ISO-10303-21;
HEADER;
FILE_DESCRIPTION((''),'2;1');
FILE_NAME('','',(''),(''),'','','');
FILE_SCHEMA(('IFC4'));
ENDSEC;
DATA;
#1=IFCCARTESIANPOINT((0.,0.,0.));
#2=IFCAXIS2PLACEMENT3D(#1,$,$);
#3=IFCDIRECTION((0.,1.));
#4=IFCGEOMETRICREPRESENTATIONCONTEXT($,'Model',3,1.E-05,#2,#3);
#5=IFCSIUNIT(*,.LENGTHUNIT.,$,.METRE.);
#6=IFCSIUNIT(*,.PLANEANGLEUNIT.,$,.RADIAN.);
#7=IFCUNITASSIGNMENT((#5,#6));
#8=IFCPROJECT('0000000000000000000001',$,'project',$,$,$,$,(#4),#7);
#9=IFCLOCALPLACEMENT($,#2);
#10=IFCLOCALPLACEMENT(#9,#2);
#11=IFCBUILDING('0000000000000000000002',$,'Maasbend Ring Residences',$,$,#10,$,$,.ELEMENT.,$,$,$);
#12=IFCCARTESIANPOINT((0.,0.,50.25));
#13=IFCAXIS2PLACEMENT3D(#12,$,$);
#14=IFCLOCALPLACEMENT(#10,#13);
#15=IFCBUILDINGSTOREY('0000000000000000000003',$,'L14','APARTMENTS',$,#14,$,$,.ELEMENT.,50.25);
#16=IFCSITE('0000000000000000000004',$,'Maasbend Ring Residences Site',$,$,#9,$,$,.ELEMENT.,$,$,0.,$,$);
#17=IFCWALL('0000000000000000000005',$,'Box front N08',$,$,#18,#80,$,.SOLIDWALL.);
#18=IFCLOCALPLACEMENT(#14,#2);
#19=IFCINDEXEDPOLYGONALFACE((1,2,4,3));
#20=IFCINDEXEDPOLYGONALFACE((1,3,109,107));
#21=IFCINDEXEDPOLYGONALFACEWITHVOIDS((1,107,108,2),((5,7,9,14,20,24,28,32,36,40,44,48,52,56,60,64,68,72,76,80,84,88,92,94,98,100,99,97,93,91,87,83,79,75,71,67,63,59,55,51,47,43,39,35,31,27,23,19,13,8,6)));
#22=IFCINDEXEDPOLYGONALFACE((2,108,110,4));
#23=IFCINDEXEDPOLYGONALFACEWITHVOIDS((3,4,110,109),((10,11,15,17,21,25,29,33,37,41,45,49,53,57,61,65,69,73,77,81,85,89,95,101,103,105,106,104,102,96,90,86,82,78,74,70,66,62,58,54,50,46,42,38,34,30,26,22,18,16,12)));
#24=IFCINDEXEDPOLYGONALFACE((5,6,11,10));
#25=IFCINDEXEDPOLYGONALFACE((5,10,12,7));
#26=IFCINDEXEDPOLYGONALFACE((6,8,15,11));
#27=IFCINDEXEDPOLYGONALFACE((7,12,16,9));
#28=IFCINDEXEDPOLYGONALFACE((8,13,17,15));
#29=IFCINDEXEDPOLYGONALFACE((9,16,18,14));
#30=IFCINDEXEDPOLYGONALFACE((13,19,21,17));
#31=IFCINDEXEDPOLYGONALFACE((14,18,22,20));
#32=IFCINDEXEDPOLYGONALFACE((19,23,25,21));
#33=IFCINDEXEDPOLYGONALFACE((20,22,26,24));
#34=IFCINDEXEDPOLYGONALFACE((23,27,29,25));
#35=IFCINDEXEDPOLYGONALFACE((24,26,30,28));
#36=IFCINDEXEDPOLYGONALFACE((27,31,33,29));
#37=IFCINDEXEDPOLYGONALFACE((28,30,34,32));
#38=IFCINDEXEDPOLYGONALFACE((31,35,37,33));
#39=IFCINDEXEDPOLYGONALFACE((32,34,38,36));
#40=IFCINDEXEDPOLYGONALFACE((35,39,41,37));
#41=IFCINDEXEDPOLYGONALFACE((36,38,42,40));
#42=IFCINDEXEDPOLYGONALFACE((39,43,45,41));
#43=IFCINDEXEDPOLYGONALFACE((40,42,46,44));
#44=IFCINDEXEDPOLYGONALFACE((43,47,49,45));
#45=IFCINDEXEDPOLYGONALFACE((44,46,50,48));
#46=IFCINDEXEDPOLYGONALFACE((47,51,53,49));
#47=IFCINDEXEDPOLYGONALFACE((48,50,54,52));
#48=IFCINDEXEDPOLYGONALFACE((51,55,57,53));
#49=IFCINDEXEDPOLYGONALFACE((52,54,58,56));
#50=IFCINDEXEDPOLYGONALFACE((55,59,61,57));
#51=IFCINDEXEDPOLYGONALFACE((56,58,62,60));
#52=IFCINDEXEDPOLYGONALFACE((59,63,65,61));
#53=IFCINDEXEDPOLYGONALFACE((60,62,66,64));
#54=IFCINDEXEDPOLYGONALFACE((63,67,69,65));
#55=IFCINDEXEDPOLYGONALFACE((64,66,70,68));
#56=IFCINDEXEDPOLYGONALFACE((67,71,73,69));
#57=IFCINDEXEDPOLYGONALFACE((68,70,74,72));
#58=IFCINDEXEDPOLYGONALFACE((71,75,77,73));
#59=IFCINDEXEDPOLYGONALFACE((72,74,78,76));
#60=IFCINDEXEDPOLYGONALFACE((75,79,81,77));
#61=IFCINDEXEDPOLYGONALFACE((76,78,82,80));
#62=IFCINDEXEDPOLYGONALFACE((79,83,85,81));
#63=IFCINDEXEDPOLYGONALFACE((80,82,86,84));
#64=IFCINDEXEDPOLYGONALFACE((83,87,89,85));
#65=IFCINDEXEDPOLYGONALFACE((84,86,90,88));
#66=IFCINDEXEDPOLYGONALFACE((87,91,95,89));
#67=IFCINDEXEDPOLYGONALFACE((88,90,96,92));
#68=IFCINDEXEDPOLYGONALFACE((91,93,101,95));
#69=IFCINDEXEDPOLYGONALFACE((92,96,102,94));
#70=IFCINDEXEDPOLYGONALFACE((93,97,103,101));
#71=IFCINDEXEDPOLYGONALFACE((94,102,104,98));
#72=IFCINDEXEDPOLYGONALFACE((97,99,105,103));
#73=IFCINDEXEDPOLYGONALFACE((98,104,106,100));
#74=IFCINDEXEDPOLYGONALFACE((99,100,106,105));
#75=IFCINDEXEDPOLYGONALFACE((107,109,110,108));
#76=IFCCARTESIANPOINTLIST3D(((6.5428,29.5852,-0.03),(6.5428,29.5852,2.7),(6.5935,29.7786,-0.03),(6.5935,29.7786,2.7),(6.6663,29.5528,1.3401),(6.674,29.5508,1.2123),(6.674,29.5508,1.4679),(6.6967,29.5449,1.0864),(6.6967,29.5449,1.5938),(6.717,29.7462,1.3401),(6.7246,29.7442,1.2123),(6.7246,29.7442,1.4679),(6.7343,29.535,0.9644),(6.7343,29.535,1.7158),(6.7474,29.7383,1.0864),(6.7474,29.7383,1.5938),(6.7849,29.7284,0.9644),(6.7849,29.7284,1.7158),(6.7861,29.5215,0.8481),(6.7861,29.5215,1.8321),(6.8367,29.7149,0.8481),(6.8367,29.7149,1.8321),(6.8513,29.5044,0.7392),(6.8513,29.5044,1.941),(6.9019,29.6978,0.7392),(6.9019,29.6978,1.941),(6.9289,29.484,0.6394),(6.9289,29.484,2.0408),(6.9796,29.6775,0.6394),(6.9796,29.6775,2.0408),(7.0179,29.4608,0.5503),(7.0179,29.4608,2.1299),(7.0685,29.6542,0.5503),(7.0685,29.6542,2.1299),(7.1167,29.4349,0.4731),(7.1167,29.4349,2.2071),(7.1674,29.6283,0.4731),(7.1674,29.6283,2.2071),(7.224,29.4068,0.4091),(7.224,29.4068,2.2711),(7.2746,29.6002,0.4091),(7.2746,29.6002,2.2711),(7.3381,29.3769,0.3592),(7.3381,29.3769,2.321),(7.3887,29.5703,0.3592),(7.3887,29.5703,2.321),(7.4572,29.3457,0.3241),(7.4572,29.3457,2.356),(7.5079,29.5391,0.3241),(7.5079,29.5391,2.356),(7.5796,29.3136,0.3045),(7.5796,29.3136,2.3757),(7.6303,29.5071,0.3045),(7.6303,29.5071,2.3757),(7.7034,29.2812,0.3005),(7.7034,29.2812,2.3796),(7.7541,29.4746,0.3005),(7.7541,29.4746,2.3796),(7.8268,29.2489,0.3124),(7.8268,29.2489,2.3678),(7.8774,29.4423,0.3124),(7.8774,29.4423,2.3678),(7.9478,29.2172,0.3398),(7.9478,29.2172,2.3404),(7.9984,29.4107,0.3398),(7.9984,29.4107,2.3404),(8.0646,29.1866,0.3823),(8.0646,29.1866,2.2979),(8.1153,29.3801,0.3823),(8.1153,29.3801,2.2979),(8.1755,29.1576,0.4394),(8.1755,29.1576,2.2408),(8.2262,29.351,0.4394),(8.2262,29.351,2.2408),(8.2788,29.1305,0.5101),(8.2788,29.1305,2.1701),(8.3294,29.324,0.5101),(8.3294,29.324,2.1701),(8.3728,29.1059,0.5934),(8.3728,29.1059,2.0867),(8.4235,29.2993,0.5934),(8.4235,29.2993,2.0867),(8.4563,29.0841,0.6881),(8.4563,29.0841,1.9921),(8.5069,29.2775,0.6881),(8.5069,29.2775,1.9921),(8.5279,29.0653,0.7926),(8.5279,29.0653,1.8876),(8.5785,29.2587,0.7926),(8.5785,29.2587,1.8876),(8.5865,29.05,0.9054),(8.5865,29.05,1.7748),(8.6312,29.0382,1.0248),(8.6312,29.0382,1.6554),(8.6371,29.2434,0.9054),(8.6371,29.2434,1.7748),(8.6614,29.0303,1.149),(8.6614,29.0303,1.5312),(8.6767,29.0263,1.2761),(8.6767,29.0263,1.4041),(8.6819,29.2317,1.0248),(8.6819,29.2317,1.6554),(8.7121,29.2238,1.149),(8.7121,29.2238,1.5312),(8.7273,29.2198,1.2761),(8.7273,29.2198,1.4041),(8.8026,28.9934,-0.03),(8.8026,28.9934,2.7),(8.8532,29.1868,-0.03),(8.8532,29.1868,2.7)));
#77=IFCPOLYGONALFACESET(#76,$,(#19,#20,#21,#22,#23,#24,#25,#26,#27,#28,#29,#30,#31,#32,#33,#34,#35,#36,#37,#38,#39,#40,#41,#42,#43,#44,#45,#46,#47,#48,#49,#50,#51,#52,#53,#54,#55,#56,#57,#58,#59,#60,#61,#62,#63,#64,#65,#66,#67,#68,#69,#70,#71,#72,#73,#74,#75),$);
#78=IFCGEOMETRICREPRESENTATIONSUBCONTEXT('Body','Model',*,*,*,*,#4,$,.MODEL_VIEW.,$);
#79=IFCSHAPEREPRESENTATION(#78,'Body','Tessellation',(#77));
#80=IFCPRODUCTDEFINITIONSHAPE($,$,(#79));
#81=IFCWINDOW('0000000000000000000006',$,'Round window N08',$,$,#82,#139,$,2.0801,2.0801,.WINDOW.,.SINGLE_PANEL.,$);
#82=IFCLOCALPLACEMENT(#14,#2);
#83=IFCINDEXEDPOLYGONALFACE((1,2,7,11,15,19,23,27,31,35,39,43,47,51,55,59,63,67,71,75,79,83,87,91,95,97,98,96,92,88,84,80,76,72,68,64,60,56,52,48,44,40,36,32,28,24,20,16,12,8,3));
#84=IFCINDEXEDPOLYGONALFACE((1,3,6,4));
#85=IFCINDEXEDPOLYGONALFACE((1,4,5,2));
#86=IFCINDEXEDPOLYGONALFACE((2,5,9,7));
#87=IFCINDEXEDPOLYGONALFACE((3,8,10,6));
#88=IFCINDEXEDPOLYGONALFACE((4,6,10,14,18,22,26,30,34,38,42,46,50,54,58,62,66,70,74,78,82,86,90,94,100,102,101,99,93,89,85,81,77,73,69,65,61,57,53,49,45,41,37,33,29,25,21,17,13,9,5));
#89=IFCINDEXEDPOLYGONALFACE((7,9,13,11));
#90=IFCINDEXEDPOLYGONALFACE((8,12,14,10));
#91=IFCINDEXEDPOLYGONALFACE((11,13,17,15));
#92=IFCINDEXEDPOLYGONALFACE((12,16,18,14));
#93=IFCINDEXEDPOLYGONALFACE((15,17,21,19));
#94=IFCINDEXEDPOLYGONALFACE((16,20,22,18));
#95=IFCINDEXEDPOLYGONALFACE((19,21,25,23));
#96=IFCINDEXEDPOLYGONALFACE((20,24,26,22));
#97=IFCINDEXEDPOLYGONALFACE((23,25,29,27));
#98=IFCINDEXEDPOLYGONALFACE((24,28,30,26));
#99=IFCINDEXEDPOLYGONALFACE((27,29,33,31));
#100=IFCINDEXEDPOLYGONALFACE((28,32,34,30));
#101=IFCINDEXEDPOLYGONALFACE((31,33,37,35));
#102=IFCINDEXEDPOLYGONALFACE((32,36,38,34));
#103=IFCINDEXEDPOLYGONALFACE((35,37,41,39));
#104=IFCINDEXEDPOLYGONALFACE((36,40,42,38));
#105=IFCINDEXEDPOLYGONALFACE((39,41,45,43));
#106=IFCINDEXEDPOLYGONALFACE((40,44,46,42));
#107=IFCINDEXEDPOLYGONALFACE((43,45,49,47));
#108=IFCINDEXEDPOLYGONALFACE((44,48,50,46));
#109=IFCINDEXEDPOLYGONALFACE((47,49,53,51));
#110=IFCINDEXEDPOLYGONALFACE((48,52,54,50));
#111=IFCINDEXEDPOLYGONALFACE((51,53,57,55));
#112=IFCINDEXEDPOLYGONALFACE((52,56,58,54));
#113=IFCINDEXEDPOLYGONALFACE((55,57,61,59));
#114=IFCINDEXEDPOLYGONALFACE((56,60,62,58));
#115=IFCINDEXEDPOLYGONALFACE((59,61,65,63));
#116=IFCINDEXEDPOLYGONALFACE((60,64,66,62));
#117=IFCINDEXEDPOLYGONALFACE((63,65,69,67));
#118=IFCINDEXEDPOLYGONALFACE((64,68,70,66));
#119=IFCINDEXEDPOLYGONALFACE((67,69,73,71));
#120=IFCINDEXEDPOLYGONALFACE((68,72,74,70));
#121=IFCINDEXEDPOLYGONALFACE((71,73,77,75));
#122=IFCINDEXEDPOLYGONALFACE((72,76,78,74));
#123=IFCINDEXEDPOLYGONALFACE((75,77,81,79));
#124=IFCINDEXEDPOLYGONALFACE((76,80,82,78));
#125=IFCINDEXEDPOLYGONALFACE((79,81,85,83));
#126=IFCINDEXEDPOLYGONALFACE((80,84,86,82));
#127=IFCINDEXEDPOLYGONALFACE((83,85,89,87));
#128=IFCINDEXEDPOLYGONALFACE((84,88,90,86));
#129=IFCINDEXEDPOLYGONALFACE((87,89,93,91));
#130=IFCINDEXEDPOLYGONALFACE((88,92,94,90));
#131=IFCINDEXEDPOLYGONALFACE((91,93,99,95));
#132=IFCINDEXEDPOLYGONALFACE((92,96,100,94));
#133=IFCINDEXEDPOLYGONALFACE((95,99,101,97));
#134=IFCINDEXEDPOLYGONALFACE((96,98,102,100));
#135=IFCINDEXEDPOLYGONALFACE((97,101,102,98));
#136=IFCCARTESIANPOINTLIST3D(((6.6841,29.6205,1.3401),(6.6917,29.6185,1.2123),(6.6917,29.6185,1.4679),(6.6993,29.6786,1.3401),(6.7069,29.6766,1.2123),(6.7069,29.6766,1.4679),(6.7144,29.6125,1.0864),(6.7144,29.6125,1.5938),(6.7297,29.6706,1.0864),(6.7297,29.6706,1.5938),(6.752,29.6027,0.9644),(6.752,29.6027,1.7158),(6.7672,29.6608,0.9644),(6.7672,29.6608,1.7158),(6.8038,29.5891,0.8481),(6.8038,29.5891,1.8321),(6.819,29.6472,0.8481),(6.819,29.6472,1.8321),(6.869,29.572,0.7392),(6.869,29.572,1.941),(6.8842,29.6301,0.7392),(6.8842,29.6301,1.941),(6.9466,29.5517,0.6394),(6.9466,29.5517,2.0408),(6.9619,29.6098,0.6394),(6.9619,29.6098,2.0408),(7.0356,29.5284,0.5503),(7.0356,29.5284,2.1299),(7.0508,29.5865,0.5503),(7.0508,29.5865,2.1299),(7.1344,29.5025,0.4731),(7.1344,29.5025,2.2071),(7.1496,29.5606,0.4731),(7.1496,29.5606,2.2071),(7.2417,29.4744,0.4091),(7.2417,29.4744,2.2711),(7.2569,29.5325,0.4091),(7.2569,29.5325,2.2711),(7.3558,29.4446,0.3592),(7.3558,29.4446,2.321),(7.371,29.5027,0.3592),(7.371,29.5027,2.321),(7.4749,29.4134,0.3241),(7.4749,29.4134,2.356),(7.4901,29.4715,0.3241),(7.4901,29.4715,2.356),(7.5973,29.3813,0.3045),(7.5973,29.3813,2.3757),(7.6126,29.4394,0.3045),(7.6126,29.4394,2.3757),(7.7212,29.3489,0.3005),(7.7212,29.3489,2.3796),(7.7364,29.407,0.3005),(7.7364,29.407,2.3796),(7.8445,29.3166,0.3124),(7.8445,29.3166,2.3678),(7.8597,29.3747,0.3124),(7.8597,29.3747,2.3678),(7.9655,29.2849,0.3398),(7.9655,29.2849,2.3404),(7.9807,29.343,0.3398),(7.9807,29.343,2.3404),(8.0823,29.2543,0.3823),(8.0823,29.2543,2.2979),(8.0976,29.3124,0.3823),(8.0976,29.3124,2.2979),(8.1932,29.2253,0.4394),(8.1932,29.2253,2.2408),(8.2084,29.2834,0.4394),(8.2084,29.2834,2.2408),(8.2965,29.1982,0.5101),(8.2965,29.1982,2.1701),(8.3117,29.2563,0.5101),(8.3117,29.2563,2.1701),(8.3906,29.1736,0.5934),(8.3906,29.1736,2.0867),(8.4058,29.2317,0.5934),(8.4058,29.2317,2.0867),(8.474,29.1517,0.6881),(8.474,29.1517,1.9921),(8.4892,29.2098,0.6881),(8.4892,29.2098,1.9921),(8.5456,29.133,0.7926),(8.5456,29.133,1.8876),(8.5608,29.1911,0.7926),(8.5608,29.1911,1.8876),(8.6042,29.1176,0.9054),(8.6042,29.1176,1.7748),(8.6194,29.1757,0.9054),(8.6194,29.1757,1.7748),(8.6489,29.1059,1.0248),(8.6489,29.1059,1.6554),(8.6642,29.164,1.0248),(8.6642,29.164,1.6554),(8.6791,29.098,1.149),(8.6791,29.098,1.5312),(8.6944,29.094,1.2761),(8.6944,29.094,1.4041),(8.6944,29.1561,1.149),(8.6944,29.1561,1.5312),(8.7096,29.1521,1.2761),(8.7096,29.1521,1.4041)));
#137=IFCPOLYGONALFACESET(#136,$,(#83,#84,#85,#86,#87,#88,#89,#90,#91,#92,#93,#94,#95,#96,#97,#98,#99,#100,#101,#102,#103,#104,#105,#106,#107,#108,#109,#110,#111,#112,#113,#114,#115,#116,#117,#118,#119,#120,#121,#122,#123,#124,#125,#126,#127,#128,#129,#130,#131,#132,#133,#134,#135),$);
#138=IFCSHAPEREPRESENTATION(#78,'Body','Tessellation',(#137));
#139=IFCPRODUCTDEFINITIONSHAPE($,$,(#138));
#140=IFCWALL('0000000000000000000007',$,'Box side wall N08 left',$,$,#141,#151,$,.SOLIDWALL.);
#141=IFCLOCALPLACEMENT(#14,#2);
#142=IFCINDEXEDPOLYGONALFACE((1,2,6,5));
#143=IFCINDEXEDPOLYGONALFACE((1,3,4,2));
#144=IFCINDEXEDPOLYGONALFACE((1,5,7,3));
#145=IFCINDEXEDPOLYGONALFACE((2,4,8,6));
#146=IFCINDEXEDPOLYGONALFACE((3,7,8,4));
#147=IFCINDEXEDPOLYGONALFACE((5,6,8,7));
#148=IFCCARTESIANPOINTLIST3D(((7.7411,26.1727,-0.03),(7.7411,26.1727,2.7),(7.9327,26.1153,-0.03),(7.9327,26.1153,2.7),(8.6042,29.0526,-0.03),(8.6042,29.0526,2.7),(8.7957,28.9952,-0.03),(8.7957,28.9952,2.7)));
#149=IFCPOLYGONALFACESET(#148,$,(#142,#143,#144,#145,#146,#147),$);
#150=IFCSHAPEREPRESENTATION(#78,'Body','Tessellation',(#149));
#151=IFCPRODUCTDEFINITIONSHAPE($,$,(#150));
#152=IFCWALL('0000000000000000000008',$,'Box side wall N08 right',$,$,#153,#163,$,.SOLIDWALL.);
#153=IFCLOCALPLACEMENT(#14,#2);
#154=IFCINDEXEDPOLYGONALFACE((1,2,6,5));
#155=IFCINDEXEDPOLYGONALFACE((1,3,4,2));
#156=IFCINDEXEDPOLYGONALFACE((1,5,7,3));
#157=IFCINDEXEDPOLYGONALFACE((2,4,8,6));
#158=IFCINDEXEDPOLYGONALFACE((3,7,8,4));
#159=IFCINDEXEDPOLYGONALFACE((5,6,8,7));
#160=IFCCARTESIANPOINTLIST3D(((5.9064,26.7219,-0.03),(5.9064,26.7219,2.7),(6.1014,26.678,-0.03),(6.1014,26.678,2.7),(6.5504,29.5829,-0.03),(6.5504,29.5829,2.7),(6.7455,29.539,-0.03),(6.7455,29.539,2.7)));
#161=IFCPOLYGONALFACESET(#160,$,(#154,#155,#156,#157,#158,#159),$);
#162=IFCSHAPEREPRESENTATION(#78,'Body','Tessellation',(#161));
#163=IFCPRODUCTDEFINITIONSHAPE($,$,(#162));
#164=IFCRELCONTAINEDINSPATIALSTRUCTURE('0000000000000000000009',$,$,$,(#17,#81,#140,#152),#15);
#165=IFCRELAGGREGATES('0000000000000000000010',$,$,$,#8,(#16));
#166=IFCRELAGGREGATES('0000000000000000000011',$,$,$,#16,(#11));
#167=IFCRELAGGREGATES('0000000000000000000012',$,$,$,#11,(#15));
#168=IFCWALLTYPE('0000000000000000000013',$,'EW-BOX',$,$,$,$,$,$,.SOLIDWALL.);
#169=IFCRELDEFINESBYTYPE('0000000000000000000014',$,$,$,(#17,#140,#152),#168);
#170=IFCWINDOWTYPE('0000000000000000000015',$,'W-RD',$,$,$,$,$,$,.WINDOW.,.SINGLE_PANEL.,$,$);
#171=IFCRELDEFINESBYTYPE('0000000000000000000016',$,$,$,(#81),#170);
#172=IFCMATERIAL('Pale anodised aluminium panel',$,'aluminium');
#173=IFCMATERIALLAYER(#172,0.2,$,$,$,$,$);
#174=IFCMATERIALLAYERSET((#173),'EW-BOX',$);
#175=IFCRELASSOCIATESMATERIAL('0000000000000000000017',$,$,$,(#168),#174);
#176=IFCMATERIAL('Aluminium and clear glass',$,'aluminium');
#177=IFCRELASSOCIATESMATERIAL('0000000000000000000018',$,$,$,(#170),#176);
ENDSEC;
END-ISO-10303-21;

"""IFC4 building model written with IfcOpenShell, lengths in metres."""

from ifc_helpers import new_model, si_unit, direction, frame, frame_2d, origin, place, context, subcontext, project, spatial, rectangle, circle, extrude, material, layer, layer_set, type_object, element, fill, save


model = new_model("IFC4")

# Units and contexts
model_context = context("Model", 3, precision=1e-05, world=origin(), true_north=direction((0.0, 1.0)))
body_context = subcontext(model_context, "Body", "Model", "MODEL_VIEW")
ifc_project = project(units=[si_unit("LENGTHUNIT", "METRE"), si_unit("PLANEANGLEUNIT", "RADIAN")], contexts=[model_context])

# Site, building, storey
site_placement = place(None, origin())
site = spatial("IfcSite", under=ifc_project, at=site_placement, Name="Maasbend Ring Residences Site", CompositionType="ELEMENT", RefElevation=0.0)
building_placement = place(site_placement, origin())
building = spatial("IfcBuilding", under=site, at=building_placement, Name="Maasbend Ring Residences", CompositionType="ELEMENT")
storey_placement = place(building_placement, frame((0.0, 0.0, 50.25)))
storey = spatial("IfcBuildingStorey", under=building, at=storey_placement, Name="L14", Description="APARTMENTS", CompositionType="ELEMENT", Elevation=50.25)

# Wall, opening, window
ifc_material_1 = material(Name="Pale anodised aluminium panel", Category="aluminium")
ifc_layer_1 = layer(ifc_material_1, 0.2)
ifc_layer_set_1 = layer_set([ifc_layer_1], Name="EW-BOX")
wall_type_1 = type_object("IfcWallType", Name="EW-BOX", PredefinedType="SOLIDWALL", material=ifc_layer_set_1)
wall_1_placement = place(storey_placement, frame((8.8279, 29.0901, -0.03), z_axis=(0.0, 0.0, 1.0), x_axis=(-0.967377, 0.253341, 0.0)))
wall_1 = element("IfcWall", 1, at=wall_1_placement, inside=storey, type_object=wall_type_1, Name="Box front N08", PredefinedType="SOLIDWALL", context=body_context, shape_type="SweptSolid", body=[
    extrude(rectangle(XDim=2.3359, YDim=0.2, at=frame_2d((1.168, 0.0))), origin(), (0.0, 0.0, 1.0), 2.73),
])
opening_1_placement = place(wall_1_placement, frame((0.1282, 0.0, 0.3301)))
opening_1 = element("IfcOpeningElement", 2, at=opening_1_placement, cuts=wall_1, PredefinedType="OPENING", context=body_context, shape_type="SweptSolid", body=[
    extrude(circle(Radius=1.04, at=frame_2d((1.04, 1.04))), frame((0.0, 0.1099, 0.0), z_axis=(0.0, -1.0, 0.0), x_axis=(1.0, 0.0, 0.0)), (0.0, 0.0, 1.0), 0.22),
])
ifc_material_2 = material(Name="Aluminium and clear glass", Category="aluminium")
window_type_1 = type_object("IfcWindowType", Name="W-RD", PartitioningType="SINGLE_PANEL", PredefinedType="WINDOW", material=ifc_material_2)
window_1_placement = place(opening_1_placement, origin())
window_1 = element("IfcWindow", 3, at=window_1_placement, inside=storey, type_object=window_type_1, Name="Round window N08", OverallHeight=2.0801, OverallWidth=2.0801, PartitioningType="SINGLE_PANEL", PredefinedType="WINDOW", context=body_context, shape_type="SweptSolid", body=[
    extrude(circle(Radius=1.04, at=frame_2d((1.04, 1.04))), frame((0.0, 0.03, 0.0), z_axis=(0.0, -1.0, 0.0), x_axis=(1.0, 0.0, 0.0)), (0.0, 0.0, 1.0), 0.0601),
])
fill(opening_1, window_1)

# Walls
wall_2_placement = place(storey_placement, frame((7.8369, 26.144, -0.03), z_axis=(0.0, 0.0, 1.0), x_axis=(0.287065, 0.957911, 0.0)))
element("IfcWall", 4, at=wall_2_placement, inside=storey, type_object=wall_type_1, Name="Box side wall N08 left", PredefinedType="SOLIDWALL", context=body_context, shape_type="SweptSolid", body=[
    extrude(rectangle(XDim=3.0063, YDim=0.2, at=frame_2d((1.5032, 0.0))), origin(), (0.0, 0.0, 1.0), 2.73),
])
wall_3_placement = place(storey_placement, frame((6.0039, 26.7, -0.03), z_axis=(0.0, 0.0, 1.0), x_axis=(0.219609, 0.975588, 0.0)))
element("IfcWall", 5, at=wall_3_placement, inside=storey, type_object=wall_type_1, Name="Box side wall N08 right", PredefinedType="SOLIDWALL", context=body_context, shape_type="SweptSolid", body=[
    extrude(rectangle(XDim=2.9326, YDim=0.2, at=frame_2d((1.4663, 0.0))), origin(), (0.0, 0.0, 1.0), 2.73),
])

save(model, "model.ifc")
